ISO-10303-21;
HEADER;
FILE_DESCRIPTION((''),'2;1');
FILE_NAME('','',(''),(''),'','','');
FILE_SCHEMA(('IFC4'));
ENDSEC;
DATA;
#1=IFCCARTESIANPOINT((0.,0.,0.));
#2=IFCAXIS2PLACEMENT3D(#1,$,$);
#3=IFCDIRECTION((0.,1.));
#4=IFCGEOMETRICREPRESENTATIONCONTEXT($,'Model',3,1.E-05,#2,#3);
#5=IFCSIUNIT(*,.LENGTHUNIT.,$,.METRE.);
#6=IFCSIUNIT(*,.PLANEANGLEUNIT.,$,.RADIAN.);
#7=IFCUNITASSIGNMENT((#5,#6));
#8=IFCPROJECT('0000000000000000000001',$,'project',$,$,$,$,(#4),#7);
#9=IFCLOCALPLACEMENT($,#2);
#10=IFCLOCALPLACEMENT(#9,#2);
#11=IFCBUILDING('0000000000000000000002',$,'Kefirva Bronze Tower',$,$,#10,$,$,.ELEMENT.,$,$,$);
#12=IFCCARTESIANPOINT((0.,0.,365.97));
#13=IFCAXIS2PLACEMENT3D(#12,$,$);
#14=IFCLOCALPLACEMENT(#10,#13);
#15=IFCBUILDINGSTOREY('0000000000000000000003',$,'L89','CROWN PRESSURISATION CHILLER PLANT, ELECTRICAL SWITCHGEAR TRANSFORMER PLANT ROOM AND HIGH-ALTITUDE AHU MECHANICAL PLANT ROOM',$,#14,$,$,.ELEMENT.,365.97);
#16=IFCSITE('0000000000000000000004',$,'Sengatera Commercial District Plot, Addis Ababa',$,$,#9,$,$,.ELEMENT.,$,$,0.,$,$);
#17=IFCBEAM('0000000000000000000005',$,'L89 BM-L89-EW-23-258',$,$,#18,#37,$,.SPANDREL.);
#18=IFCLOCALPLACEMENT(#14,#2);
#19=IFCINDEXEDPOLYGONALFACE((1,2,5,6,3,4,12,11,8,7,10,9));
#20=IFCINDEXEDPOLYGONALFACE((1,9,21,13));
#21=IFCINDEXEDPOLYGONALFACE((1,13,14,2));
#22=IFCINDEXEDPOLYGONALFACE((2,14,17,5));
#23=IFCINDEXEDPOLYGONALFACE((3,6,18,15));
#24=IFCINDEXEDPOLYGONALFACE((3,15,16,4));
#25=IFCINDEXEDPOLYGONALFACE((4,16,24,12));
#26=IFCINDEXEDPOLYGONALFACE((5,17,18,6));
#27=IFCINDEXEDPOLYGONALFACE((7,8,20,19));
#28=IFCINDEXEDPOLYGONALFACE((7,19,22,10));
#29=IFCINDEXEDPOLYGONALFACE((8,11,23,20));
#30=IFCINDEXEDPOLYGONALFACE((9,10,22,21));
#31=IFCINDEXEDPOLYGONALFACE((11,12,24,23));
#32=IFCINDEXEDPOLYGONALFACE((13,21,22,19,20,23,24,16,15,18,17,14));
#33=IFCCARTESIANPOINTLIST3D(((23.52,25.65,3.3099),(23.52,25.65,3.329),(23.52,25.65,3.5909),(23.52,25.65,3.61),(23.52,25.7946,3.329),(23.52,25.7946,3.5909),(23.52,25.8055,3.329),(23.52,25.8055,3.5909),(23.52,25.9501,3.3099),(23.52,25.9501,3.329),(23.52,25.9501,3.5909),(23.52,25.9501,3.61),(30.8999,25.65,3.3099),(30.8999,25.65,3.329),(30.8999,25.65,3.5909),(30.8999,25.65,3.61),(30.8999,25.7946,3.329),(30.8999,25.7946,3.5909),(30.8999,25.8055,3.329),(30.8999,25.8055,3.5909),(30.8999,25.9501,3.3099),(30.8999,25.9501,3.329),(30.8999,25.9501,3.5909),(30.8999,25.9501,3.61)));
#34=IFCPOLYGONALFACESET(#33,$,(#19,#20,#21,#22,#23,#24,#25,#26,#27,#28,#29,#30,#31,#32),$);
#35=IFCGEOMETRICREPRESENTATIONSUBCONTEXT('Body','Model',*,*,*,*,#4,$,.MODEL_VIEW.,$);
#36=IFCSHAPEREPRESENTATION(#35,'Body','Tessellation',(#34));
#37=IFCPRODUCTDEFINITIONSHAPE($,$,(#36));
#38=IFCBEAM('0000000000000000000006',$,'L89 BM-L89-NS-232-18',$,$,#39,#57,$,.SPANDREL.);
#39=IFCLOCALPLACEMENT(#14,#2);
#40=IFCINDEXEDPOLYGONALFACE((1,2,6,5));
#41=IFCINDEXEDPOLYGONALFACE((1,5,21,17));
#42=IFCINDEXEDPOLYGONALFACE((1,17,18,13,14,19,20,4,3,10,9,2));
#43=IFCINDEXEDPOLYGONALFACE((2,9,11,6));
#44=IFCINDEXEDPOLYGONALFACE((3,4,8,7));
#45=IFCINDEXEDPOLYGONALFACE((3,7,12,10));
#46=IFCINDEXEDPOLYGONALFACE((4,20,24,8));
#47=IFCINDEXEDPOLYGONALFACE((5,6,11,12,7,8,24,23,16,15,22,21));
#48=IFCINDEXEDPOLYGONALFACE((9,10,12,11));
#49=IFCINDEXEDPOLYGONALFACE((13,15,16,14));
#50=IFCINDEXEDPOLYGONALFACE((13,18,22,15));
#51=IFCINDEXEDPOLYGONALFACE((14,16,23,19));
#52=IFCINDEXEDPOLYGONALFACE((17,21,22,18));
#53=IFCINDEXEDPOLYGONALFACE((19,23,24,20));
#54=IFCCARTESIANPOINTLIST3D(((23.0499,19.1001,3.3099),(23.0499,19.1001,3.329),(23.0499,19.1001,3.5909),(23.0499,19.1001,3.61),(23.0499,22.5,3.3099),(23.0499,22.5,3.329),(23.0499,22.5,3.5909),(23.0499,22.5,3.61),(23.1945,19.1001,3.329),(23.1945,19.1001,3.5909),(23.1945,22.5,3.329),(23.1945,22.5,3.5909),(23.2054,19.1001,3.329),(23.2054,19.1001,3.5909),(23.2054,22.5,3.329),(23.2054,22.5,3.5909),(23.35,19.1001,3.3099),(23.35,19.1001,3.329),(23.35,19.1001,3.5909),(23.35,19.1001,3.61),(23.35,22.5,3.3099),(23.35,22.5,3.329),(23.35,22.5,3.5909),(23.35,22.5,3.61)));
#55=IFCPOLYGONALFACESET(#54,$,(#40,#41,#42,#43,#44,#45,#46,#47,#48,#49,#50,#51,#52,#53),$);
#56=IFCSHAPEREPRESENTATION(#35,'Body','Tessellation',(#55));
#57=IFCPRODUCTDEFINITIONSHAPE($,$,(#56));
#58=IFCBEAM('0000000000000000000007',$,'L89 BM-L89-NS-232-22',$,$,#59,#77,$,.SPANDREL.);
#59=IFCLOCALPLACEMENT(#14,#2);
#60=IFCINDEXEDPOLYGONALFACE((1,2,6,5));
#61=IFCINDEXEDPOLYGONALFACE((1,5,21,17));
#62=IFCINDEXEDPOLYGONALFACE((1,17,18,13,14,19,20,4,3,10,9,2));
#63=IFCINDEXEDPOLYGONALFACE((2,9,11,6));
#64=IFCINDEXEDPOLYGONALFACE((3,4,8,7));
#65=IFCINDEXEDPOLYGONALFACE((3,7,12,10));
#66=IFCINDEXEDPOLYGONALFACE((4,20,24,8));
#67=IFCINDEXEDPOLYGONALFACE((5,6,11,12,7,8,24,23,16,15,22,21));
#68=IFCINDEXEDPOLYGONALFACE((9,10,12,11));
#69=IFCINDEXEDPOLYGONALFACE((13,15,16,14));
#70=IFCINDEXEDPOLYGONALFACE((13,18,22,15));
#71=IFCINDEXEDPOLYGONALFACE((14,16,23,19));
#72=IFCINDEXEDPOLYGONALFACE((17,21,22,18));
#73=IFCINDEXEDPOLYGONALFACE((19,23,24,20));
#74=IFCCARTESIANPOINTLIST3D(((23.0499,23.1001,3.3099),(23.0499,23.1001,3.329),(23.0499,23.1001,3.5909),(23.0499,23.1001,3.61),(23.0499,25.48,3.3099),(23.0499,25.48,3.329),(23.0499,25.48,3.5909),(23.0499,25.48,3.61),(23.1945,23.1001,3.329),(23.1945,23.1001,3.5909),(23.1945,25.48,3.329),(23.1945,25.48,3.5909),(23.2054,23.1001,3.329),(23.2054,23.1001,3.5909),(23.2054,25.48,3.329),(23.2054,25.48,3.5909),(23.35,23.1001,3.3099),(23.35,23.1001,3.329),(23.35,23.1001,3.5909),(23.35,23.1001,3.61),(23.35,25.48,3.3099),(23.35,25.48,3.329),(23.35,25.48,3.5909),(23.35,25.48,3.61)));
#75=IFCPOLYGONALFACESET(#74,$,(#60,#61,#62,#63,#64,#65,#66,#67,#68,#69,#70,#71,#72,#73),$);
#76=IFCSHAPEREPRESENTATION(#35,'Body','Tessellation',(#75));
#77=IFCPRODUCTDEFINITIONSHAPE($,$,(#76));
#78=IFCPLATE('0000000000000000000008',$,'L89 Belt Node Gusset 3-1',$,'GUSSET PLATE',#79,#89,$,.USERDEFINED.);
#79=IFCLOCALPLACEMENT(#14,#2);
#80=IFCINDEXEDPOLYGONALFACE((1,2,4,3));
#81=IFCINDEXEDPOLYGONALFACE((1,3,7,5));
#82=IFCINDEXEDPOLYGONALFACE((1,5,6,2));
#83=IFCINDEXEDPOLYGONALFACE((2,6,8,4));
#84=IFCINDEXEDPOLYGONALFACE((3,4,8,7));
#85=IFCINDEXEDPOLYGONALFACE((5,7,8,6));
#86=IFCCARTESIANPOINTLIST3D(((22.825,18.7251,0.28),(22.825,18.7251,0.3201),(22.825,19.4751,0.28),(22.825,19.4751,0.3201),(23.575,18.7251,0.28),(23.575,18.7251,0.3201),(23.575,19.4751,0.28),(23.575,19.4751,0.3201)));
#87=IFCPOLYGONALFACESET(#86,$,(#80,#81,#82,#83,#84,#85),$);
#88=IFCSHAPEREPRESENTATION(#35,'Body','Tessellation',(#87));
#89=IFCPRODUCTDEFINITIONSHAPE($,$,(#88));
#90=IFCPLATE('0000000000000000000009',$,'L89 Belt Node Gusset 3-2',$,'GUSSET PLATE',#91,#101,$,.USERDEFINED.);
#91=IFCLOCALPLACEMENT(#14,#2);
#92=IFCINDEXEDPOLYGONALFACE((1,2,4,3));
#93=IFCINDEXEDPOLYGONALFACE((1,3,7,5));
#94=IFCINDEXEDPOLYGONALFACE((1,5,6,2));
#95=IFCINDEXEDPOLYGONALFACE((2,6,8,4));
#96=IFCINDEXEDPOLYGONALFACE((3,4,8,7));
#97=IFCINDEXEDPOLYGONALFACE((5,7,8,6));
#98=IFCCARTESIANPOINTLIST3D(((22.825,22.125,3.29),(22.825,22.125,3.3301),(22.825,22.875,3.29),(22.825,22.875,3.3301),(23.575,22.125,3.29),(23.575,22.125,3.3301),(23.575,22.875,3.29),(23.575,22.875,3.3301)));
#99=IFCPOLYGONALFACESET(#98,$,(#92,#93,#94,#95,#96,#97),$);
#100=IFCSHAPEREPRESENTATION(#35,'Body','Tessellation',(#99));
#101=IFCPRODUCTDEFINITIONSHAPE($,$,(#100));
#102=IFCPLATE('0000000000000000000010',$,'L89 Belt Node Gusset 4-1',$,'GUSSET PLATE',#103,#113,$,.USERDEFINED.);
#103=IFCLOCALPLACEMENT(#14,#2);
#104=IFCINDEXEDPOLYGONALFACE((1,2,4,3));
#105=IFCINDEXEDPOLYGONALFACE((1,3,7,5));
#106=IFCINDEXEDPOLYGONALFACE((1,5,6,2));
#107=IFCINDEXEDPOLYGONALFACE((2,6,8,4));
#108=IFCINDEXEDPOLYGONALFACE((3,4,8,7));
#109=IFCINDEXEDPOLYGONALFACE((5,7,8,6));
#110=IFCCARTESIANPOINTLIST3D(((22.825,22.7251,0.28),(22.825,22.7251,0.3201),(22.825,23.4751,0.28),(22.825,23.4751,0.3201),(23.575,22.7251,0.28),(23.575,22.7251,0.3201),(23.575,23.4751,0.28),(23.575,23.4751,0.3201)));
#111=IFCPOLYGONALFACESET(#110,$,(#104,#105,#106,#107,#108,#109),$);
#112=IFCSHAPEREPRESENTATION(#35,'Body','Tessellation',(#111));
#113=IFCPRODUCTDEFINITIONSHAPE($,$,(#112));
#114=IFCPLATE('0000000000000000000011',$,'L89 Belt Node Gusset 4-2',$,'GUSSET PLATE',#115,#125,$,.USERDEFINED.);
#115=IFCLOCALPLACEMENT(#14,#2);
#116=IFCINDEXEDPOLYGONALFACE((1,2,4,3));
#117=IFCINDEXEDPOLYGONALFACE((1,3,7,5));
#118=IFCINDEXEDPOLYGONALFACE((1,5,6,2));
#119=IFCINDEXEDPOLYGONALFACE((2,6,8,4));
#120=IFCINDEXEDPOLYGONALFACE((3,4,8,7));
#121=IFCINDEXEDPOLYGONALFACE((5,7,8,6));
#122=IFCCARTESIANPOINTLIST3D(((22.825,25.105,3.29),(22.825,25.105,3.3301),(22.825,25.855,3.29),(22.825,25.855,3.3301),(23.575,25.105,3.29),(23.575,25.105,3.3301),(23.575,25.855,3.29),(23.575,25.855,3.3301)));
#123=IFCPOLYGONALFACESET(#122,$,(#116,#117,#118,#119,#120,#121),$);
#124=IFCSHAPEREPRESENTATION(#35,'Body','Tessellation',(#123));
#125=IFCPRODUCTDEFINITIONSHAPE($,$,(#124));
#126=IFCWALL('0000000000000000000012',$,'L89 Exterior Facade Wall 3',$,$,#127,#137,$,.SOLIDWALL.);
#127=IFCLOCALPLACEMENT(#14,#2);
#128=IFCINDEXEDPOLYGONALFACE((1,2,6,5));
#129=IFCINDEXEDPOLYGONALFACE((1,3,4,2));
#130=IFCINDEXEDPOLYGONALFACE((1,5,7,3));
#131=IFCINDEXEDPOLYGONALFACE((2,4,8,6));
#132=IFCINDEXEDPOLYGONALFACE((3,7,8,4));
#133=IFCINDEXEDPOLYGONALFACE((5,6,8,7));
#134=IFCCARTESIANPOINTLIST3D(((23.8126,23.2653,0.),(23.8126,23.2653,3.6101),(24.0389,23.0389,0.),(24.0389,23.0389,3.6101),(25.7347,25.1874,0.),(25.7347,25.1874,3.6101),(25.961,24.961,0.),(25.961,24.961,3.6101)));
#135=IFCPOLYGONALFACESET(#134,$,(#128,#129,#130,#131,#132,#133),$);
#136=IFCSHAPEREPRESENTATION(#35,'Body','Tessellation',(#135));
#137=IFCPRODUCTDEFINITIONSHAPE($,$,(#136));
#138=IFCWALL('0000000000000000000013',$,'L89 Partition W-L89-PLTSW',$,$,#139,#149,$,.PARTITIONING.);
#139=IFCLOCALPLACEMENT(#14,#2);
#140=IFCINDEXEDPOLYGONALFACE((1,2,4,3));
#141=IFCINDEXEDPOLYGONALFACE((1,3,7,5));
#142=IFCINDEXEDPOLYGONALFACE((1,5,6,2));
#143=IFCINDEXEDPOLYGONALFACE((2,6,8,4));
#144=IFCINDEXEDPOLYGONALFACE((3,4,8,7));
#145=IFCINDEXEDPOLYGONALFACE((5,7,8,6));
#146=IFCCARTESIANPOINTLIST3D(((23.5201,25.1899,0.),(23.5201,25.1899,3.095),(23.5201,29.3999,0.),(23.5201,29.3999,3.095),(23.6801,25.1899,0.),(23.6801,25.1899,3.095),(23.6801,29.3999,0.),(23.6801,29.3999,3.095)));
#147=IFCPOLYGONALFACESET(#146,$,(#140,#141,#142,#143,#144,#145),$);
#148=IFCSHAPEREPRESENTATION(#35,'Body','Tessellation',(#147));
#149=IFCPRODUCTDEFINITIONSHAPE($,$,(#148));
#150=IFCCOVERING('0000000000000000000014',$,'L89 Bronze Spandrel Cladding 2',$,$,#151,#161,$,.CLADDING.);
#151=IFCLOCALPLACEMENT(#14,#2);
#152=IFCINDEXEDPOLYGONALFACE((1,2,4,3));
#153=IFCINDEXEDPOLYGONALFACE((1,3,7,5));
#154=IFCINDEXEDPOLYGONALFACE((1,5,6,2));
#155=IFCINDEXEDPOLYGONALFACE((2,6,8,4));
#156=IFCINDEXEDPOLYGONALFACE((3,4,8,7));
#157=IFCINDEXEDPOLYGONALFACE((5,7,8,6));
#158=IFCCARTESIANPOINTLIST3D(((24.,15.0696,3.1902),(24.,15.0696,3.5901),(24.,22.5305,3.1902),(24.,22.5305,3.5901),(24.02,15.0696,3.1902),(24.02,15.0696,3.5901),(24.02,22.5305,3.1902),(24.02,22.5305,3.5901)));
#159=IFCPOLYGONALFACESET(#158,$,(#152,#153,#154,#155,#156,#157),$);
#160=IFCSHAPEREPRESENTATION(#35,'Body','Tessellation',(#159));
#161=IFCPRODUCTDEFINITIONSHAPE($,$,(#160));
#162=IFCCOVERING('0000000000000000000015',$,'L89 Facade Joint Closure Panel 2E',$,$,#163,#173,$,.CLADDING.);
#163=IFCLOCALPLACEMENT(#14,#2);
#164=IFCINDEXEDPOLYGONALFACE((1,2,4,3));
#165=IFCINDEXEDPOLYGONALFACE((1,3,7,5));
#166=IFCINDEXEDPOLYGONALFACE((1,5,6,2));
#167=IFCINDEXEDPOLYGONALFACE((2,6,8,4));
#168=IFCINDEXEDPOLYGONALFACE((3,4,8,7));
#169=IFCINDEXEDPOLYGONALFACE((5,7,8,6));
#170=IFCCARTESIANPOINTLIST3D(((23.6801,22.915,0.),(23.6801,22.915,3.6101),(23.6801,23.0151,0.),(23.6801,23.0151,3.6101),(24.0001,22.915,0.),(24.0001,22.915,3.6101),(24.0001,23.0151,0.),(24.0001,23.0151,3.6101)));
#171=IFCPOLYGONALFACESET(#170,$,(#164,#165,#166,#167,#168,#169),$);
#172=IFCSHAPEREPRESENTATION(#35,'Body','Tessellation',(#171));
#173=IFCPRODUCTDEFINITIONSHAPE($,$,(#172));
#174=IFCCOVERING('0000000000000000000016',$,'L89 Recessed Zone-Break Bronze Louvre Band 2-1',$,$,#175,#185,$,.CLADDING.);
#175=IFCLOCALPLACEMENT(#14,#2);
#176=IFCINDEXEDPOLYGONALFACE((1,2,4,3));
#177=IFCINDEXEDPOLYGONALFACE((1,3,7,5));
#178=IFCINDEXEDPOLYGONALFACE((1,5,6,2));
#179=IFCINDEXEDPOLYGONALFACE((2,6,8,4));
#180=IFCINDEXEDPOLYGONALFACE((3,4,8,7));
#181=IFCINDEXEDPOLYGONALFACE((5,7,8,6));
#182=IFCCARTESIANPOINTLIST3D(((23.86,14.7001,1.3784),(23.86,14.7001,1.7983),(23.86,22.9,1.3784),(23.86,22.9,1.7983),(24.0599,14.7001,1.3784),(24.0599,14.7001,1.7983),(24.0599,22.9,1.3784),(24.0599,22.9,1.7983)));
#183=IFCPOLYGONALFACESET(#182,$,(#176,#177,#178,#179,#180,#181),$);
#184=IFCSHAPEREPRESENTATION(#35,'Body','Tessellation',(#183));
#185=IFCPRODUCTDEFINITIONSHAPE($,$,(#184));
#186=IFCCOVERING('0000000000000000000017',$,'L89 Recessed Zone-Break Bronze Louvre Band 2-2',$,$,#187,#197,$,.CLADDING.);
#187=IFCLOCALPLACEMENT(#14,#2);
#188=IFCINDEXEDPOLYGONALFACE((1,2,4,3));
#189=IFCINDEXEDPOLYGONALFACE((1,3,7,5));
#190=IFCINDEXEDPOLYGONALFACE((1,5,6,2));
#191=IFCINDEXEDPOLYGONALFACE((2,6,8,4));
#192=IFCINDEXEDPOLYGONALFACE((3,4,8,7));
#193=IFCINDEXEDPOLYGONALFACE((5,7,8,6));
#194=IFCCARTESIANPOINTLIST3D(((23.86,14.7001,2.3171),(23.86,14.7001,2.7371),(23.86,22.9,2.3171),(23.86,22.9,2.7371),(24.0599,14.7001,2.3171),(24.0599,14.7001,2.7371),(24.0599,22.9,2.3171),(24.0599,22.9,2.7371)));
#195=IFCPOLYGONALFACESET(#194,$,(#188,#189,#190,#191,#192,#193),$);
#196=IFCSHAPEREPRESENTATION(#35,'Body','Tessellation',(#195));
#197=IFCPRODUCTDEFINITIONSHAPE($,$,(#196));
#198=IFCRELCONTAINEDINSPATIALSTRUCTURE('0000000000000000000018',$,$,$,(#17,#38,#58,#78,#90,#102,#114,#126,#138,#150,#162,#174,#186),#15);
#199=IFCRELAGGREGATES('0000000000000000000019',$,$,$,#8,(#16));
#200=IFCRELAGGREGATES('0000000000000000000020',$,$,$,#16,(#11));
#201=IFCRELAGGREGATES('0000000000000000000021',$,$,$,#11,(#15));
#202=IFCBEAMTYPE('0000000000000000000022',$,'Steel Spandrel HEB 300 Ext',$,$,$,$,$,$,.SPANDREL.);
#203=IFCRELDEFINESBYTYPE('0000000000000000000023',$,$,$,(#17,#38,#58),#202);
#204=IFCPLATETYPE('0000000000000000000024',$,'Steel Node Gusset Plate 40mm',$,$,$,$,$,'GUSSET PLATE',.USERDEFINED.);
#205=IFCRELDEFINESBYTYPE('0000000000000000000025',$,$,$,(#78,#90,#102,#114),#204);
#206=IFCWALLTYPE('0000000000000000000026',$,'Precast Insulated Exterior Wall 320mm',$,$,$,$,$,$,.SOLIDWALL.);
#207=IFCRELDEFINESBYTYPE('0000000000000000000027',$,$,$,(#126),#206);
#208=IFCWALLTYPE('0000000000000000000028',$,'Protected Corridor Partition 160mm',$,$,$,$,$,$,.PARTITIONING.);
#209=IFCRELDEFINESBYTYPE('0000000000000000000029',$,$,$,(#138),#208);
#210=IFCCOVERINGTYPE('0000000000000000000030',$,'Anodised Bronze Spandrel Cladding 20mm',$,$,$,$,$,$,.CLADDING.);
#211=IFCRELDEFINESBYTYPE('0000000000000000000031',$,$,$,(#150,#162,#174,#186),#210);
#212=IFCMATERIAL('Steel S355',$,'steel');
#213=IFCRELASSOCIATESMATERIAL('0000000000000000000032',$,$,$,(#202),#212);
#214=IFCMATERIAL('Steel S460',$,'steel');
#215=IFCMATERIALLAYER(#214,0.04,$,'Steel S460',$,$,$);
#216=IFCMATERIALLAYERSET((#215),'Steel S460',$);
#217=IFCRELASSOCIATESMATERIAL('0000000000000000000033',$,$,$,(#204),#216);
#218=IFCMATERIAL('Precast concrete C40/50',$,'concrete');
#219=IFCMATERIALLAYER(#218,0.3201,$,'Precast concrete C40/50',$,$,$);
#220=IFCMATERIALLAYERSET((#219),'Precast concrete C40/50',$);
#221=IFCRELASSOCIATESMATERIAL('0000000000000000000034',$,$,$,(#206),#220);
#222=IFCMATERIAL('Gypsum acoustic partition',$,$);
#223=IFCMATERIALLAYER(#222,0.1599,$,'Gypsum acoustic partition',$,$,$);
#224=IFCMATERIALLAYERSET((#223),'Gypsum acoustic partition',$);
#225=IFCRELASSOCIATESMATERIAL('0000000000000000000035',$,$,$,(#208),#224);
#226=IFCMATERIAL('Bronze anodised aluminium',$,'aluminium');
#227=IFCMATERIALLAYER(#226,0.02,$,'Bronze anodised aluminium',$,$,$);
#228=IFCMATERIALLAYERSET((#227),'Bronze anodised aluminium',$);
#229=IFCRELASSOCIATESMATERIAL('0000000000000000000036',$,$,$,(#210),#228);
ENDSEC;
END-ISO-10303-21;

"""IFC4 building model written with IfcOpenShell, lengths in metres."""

from ifc_helpers import new_model, si_unit, direction, frame, frame_2d, origin, origin_2d, place, context, subcontext, project, spatial, rectangle, i_section, extrude, material, layer, layer_set, material_profile, profile_set, type_object, element, save


model = new_model("IFC4")

# Units and contexts
model_context = context("Model", 3, precision=1e-05, world=origin(), true_north=direction((0.0, 1.0)))
body_context = subcontext(model_context, "Body", "Model", "MODEL_VIEW")
ifc_project = project(units=[si_unit("LENGTHUNIT", "METRE"), si_unit("PLANEANGLEUNIT", "RADIAN")], contexts=[model_context])

# Site, building, storey
site_placement = place(None, origin())
site = spatial("IfcSite", under=ifc_project, at=site_placement, Name="Sengatera Commercial District Plot, Addis Ababa", CompositionType="ELEMENT", RefElevation=0.0)
building_placement = place(site_placement, origin())
building = spatial("IfcBuilding", under=site, at=building_placement, Name="Kefirva Bronze Tower", CompositionType="ELEMENT")
storey_placement = place(building_placement, frame((0.0, 0.0, 365.97)))
storey = spatial("IfcBuildingStorey", under=building, at=storey_placement, Name="L89", Description="CROWN PRESSURISATION CHILLER PLANT, ELECTRICAL SWITCHGEAR TRANSFORMER PLANT ROOM AND HIGH-ALTITUDE AHU MECHANICAL PLANT ROOM", CompositionType="ELEMENT", Elevation=365.97)

# Shared definitions
ifc_material_1 = material(Name="Steel S355", Category="steel")

# Shared definitions
ifc_material_2 = material(Name="Steel S460", Category="steel")

# Beams
ifc_material_profile_1 = material_profile(ifc_material_1, i_section(OverallWidth=0.3, OverallDepth=0.3, WebThickness=0.011, FlangeThickness=0.019, at=origin_2d()), Name="HEB 300")
ifc_profile_set_1 = profile_set([ifc_material_profile_1], Name="Steel S355")
beam_type_1 = type_object("IfcBeamType", Name="Steel Spandrel HEB 300 Ext", PredefinedType="SPANDREL", material=ifc_profile_set_1)
beam_1_placement = place(storey_placement, frame((23.52, 25.8, 3.46), z_axis=(1.0, 0.0, 0.0), x_axis=(0.0, 1.0, 0.0)))
element("IfcBeam", 1, at=beam_1_placement, inside=storey, type_object=beam_type_1, Name="L89 BM-L89-EW-23-258", PredefinedType="SPANDREL", context=body_context, shape_type="SweptSolid", body=[
    extrude(i_section(OverallWidth=0.3, OverallDepth=0.3, WebThickness=0.011, FlangeThickness=0.019, at=origin_2d()), origin(), (0.0, 0.0, 1.0), 7.3799),
])
beam_2_placement = place(storey_placement, frame((23.2, 19.1001, 3.46), z_axis=(0.0, 1.0, 0.0), x_axis=(-1.0, 0.0, 0.0)))
element("IfcBeam", 2, at=beam_2_placement, inside=storey, type_object=beam_type_1, Name="L89 BM-L89-NS-232-18", PredefinedType="SPANDREL", context=body_context, shape_type="SweptSolid", body=[
    extrude(i_section(OverallWidth=0.3, OverallDepth=0.3, WebThickness=0.011, FlangeThickness=0.019, at=origin_2d()), origin(), (0.0, 0.0, 1.0), 3.3999),
])
beam_3_placement = place(storey_placement, frame((23.2, 23.1001, 3.46), z_axis=(0.0, 1.0, 0.0), x_axis=(-1.0, 0.0, 0.0)))
element("IfcBeam", 3, at=beam_3_placement, inside=storey, type_object=beam_type_1, Name="L89 BM-L89-NS-232-22", PredefinedType="SPANDREL", context=body_context, shape_type="SweptSolid", body=[
    extrude(i_section(OverallWidth=0.3, OverallDepth=0.3, WebThickness=0.011, FlangeThickness=0.019, at=origin_2d()), origin(), (0.0, 0.0, 1.0), 2.3799),
])

# Plates
ifc_layer_1 = layer(ifc_material_2, 0.04, Name="Steel S460")
ifc_layer_set_1 = layer_set([ifc_layer_1], Name="Steel S460")
plate_type = type_object("IfcPlateType", Name="Steel Node Gusset Plate 40mm", ElementType="GUSSET PLATE", PredefinedType="USERDEFINED", material=ifc_layer_set_1)
for number, where, z_axis, x_axis, name in (
    (4, (23.2, 19.1001, 0.28), (0.0, 0.0, 1.0), (1.0, 0.0, 0.0), "L89 Belt Node Gusset 3-1"),
    (5, (23.2, 22.5, 3.29), (0.0, 0.0, 1.0), (1.0, 0.0, 0.0), "L89 Belt Node Gusset 3-2"),
    (6, (23.2, 23.1001, 0.28), (0.0, 0.0, 1.0), (1.0, 0.0, 0.0), "L89 Belt Node Gusset 4-1"),
    (7, (23.2, 25.48, 3.29), (0.0, 0.0, 1.0), (1.0, 0.0, 0.0), "L89 Belt Node Gusset 4-2"),
):
    element("IfcPlate", number, at=place(storey_placement, frame(where, z_axis=z_axis, x_axis=x_axis)), inside=storey, type_object=plate_type, Name=name, ObjectType="GUSSET PLATE", PredefinedType="USERDEFINED", context=body_context, shape_type="SweptSolid", body=[
        extrude(rectangle(XDim=0.75, YDim=0.75, at=origin_2d()), origin(), (0.0, 0.0, 1.0), 0.04),
    ])

# Walls
ifc_material_3 = material(Name="Precast concrete C40/50", Category="concrete")
ifc_layer_2 = layer(ifc_material_3, 0.3201, Name="Precast concrete C40/50")
ifc_layer_set_2 = layer_set([ifc_layer_2], Name="Precast concrete C40/50")
wall_type_1 = type_object("IfcWallType", Name="Precast Insulated Exterior Wall 320mm", PredefinedType="SOLIDWALL", material=ifc_layer_set_2)
wall_1_placement = place(storey_placement, frame((23.9258, 23.1521, 0.0), z_axis=(0.0, 0.0, 1.0), x_axis=(0.707107, 0.707107, 0.0)))
element("IfcWall", 8, at=wall_1_placement, inside=storey, type_object=wall_type_1, Name="L89 Exterior Facade Wall 3", PredefinedType="SOLIDWALL", context=body_context, shape_type="SweptSolid", body=[
    extrude(rectangle(XDim=2.7183, YDim=0.3201, at=frame_2d((1.3591, 0.0))), origin(), (0.0, 0.0, 1.0), 3.6101),
])
ifc_material_4 = material(Name="Gypsum acoustic partition")
ifc_layer_3 = layer(ifc_material_4, 0.1599, Name="Gypsum acoustic partition")
ifc_layer_set_3 = layer_set([ifc_layer_3], Name="Gypsum acoustic partition")
wall_type_2 = type_object("IfcWallType", Name="Protected Corridor Partition 160mm", PredefinedType="PARTITIONING", material=ifc_layer_set_3)
wall_2_placement = place(storey_placement, frame((23.6001, 25.1899, 0.0), z_axis=(0.0, 0.0, 1.0), x_axis=(0.0, 1.0, 0.0)))
element("IfcWall", 9, at=wall_2_placement, inside=storey, type_object=wall_type_2, Name="L89 Partition W-L89-PLTSW", PredefinedType="PARTITIONING", context=body_context, shape_type="SweptSolid", body=[
    extrude(rectangle(XDim=4.21, YDim=0.1599, at=frame_2d((2.105, 0.0))), origin(), (0.0, 0.0, 1.0), 3.095),
])

# Coverings
ifc_material_5 = material(Name="Bronze anodised aluminium", Category="aluminium")
ifc_layer_4 = layer(ifc_material_5, 0.02, Name="Bronze anodised aluminium")
ifc_layer_set_4 = layer_set([ifc_layer_4], Name="Bronze anodised aluminium")
covering_type = type_object("IfcCoveringType", Name="Anodised Bronze Spandrel Cladding 20mm", PredefinedType="CLADDING", material=ifc_layer_set_4)
covering_1_placement = place(storey_placement, frame((24.01, 18.8, 3.1902), z_axis=(0.0, 0.0, 1.0), x_axis=(0.0, 1.0, 0.0)))
element("IfcCovering", 10, at=covering_1_placement, inside=storey, type_object=covering_type, Name="L89 Bronze Spandrel Cladding 2", PredefinedType="CLADDING", context=body_context, shape_type="SweptSolid", body=[
    extrude(rectangle(XDim=7.4609, YDim=0.02, at=origin_2d()), origin(), (0.0, 0.0, 1.0), 0.3999),
])
covering_2_placement = place(storey_placement, frame((23.8401, 22.9651, 0.0), z_axis=(0.0, 0.0, 1.0), x_axis=(0.0, 1.0, 0.0)))
element("IfcCovering", 11, at=covering_2_placement, inside=storey, type_object=covering_type, Name="L89 Facade Joint Closure Panel 2E", PredefinedType="CLADDING", context=body_context, shape_type="SweptSolid", body=[
    extrude(rectangle(XDim=0.1001, YDim=0.3201, at=origin_2d()), origin(), (0.0, 0.0, 1.0), 3.6101),
])
for number, where, z_axis, x_axis, name in (
    (12, (23.96, 18.8, 1.3784), (0.0, 0.0, 1.0), (0.0, 1.0, 0.0), "L89 Recessed Zone-Break Bronze Louvre Band 2-1"),
    (13, (23.96, 18.8, 2.3171), (0.0, 0.0, 1.0), (0.0, 1.0, 0.0), "L89 Recessed Zone-Break Bronze Louvre Band 2-2"),
):
    element("IfcCovering", number, at=place(storey_placement, frame(where, z_axis=z_axis, x_axis=x_axis)), inside=storey, type_object=covering_type, Name=name, PredefinedType="CLADDING", context=body_context, shape_type="SweptSolid", body=[
        extrude(rectangle(XDim=8.2, YDim=0.2, at=origin_2d()), origin(), (0.0, 0.0, 1.0), 0.4199),
    ])

save(model, "model.ifc")
